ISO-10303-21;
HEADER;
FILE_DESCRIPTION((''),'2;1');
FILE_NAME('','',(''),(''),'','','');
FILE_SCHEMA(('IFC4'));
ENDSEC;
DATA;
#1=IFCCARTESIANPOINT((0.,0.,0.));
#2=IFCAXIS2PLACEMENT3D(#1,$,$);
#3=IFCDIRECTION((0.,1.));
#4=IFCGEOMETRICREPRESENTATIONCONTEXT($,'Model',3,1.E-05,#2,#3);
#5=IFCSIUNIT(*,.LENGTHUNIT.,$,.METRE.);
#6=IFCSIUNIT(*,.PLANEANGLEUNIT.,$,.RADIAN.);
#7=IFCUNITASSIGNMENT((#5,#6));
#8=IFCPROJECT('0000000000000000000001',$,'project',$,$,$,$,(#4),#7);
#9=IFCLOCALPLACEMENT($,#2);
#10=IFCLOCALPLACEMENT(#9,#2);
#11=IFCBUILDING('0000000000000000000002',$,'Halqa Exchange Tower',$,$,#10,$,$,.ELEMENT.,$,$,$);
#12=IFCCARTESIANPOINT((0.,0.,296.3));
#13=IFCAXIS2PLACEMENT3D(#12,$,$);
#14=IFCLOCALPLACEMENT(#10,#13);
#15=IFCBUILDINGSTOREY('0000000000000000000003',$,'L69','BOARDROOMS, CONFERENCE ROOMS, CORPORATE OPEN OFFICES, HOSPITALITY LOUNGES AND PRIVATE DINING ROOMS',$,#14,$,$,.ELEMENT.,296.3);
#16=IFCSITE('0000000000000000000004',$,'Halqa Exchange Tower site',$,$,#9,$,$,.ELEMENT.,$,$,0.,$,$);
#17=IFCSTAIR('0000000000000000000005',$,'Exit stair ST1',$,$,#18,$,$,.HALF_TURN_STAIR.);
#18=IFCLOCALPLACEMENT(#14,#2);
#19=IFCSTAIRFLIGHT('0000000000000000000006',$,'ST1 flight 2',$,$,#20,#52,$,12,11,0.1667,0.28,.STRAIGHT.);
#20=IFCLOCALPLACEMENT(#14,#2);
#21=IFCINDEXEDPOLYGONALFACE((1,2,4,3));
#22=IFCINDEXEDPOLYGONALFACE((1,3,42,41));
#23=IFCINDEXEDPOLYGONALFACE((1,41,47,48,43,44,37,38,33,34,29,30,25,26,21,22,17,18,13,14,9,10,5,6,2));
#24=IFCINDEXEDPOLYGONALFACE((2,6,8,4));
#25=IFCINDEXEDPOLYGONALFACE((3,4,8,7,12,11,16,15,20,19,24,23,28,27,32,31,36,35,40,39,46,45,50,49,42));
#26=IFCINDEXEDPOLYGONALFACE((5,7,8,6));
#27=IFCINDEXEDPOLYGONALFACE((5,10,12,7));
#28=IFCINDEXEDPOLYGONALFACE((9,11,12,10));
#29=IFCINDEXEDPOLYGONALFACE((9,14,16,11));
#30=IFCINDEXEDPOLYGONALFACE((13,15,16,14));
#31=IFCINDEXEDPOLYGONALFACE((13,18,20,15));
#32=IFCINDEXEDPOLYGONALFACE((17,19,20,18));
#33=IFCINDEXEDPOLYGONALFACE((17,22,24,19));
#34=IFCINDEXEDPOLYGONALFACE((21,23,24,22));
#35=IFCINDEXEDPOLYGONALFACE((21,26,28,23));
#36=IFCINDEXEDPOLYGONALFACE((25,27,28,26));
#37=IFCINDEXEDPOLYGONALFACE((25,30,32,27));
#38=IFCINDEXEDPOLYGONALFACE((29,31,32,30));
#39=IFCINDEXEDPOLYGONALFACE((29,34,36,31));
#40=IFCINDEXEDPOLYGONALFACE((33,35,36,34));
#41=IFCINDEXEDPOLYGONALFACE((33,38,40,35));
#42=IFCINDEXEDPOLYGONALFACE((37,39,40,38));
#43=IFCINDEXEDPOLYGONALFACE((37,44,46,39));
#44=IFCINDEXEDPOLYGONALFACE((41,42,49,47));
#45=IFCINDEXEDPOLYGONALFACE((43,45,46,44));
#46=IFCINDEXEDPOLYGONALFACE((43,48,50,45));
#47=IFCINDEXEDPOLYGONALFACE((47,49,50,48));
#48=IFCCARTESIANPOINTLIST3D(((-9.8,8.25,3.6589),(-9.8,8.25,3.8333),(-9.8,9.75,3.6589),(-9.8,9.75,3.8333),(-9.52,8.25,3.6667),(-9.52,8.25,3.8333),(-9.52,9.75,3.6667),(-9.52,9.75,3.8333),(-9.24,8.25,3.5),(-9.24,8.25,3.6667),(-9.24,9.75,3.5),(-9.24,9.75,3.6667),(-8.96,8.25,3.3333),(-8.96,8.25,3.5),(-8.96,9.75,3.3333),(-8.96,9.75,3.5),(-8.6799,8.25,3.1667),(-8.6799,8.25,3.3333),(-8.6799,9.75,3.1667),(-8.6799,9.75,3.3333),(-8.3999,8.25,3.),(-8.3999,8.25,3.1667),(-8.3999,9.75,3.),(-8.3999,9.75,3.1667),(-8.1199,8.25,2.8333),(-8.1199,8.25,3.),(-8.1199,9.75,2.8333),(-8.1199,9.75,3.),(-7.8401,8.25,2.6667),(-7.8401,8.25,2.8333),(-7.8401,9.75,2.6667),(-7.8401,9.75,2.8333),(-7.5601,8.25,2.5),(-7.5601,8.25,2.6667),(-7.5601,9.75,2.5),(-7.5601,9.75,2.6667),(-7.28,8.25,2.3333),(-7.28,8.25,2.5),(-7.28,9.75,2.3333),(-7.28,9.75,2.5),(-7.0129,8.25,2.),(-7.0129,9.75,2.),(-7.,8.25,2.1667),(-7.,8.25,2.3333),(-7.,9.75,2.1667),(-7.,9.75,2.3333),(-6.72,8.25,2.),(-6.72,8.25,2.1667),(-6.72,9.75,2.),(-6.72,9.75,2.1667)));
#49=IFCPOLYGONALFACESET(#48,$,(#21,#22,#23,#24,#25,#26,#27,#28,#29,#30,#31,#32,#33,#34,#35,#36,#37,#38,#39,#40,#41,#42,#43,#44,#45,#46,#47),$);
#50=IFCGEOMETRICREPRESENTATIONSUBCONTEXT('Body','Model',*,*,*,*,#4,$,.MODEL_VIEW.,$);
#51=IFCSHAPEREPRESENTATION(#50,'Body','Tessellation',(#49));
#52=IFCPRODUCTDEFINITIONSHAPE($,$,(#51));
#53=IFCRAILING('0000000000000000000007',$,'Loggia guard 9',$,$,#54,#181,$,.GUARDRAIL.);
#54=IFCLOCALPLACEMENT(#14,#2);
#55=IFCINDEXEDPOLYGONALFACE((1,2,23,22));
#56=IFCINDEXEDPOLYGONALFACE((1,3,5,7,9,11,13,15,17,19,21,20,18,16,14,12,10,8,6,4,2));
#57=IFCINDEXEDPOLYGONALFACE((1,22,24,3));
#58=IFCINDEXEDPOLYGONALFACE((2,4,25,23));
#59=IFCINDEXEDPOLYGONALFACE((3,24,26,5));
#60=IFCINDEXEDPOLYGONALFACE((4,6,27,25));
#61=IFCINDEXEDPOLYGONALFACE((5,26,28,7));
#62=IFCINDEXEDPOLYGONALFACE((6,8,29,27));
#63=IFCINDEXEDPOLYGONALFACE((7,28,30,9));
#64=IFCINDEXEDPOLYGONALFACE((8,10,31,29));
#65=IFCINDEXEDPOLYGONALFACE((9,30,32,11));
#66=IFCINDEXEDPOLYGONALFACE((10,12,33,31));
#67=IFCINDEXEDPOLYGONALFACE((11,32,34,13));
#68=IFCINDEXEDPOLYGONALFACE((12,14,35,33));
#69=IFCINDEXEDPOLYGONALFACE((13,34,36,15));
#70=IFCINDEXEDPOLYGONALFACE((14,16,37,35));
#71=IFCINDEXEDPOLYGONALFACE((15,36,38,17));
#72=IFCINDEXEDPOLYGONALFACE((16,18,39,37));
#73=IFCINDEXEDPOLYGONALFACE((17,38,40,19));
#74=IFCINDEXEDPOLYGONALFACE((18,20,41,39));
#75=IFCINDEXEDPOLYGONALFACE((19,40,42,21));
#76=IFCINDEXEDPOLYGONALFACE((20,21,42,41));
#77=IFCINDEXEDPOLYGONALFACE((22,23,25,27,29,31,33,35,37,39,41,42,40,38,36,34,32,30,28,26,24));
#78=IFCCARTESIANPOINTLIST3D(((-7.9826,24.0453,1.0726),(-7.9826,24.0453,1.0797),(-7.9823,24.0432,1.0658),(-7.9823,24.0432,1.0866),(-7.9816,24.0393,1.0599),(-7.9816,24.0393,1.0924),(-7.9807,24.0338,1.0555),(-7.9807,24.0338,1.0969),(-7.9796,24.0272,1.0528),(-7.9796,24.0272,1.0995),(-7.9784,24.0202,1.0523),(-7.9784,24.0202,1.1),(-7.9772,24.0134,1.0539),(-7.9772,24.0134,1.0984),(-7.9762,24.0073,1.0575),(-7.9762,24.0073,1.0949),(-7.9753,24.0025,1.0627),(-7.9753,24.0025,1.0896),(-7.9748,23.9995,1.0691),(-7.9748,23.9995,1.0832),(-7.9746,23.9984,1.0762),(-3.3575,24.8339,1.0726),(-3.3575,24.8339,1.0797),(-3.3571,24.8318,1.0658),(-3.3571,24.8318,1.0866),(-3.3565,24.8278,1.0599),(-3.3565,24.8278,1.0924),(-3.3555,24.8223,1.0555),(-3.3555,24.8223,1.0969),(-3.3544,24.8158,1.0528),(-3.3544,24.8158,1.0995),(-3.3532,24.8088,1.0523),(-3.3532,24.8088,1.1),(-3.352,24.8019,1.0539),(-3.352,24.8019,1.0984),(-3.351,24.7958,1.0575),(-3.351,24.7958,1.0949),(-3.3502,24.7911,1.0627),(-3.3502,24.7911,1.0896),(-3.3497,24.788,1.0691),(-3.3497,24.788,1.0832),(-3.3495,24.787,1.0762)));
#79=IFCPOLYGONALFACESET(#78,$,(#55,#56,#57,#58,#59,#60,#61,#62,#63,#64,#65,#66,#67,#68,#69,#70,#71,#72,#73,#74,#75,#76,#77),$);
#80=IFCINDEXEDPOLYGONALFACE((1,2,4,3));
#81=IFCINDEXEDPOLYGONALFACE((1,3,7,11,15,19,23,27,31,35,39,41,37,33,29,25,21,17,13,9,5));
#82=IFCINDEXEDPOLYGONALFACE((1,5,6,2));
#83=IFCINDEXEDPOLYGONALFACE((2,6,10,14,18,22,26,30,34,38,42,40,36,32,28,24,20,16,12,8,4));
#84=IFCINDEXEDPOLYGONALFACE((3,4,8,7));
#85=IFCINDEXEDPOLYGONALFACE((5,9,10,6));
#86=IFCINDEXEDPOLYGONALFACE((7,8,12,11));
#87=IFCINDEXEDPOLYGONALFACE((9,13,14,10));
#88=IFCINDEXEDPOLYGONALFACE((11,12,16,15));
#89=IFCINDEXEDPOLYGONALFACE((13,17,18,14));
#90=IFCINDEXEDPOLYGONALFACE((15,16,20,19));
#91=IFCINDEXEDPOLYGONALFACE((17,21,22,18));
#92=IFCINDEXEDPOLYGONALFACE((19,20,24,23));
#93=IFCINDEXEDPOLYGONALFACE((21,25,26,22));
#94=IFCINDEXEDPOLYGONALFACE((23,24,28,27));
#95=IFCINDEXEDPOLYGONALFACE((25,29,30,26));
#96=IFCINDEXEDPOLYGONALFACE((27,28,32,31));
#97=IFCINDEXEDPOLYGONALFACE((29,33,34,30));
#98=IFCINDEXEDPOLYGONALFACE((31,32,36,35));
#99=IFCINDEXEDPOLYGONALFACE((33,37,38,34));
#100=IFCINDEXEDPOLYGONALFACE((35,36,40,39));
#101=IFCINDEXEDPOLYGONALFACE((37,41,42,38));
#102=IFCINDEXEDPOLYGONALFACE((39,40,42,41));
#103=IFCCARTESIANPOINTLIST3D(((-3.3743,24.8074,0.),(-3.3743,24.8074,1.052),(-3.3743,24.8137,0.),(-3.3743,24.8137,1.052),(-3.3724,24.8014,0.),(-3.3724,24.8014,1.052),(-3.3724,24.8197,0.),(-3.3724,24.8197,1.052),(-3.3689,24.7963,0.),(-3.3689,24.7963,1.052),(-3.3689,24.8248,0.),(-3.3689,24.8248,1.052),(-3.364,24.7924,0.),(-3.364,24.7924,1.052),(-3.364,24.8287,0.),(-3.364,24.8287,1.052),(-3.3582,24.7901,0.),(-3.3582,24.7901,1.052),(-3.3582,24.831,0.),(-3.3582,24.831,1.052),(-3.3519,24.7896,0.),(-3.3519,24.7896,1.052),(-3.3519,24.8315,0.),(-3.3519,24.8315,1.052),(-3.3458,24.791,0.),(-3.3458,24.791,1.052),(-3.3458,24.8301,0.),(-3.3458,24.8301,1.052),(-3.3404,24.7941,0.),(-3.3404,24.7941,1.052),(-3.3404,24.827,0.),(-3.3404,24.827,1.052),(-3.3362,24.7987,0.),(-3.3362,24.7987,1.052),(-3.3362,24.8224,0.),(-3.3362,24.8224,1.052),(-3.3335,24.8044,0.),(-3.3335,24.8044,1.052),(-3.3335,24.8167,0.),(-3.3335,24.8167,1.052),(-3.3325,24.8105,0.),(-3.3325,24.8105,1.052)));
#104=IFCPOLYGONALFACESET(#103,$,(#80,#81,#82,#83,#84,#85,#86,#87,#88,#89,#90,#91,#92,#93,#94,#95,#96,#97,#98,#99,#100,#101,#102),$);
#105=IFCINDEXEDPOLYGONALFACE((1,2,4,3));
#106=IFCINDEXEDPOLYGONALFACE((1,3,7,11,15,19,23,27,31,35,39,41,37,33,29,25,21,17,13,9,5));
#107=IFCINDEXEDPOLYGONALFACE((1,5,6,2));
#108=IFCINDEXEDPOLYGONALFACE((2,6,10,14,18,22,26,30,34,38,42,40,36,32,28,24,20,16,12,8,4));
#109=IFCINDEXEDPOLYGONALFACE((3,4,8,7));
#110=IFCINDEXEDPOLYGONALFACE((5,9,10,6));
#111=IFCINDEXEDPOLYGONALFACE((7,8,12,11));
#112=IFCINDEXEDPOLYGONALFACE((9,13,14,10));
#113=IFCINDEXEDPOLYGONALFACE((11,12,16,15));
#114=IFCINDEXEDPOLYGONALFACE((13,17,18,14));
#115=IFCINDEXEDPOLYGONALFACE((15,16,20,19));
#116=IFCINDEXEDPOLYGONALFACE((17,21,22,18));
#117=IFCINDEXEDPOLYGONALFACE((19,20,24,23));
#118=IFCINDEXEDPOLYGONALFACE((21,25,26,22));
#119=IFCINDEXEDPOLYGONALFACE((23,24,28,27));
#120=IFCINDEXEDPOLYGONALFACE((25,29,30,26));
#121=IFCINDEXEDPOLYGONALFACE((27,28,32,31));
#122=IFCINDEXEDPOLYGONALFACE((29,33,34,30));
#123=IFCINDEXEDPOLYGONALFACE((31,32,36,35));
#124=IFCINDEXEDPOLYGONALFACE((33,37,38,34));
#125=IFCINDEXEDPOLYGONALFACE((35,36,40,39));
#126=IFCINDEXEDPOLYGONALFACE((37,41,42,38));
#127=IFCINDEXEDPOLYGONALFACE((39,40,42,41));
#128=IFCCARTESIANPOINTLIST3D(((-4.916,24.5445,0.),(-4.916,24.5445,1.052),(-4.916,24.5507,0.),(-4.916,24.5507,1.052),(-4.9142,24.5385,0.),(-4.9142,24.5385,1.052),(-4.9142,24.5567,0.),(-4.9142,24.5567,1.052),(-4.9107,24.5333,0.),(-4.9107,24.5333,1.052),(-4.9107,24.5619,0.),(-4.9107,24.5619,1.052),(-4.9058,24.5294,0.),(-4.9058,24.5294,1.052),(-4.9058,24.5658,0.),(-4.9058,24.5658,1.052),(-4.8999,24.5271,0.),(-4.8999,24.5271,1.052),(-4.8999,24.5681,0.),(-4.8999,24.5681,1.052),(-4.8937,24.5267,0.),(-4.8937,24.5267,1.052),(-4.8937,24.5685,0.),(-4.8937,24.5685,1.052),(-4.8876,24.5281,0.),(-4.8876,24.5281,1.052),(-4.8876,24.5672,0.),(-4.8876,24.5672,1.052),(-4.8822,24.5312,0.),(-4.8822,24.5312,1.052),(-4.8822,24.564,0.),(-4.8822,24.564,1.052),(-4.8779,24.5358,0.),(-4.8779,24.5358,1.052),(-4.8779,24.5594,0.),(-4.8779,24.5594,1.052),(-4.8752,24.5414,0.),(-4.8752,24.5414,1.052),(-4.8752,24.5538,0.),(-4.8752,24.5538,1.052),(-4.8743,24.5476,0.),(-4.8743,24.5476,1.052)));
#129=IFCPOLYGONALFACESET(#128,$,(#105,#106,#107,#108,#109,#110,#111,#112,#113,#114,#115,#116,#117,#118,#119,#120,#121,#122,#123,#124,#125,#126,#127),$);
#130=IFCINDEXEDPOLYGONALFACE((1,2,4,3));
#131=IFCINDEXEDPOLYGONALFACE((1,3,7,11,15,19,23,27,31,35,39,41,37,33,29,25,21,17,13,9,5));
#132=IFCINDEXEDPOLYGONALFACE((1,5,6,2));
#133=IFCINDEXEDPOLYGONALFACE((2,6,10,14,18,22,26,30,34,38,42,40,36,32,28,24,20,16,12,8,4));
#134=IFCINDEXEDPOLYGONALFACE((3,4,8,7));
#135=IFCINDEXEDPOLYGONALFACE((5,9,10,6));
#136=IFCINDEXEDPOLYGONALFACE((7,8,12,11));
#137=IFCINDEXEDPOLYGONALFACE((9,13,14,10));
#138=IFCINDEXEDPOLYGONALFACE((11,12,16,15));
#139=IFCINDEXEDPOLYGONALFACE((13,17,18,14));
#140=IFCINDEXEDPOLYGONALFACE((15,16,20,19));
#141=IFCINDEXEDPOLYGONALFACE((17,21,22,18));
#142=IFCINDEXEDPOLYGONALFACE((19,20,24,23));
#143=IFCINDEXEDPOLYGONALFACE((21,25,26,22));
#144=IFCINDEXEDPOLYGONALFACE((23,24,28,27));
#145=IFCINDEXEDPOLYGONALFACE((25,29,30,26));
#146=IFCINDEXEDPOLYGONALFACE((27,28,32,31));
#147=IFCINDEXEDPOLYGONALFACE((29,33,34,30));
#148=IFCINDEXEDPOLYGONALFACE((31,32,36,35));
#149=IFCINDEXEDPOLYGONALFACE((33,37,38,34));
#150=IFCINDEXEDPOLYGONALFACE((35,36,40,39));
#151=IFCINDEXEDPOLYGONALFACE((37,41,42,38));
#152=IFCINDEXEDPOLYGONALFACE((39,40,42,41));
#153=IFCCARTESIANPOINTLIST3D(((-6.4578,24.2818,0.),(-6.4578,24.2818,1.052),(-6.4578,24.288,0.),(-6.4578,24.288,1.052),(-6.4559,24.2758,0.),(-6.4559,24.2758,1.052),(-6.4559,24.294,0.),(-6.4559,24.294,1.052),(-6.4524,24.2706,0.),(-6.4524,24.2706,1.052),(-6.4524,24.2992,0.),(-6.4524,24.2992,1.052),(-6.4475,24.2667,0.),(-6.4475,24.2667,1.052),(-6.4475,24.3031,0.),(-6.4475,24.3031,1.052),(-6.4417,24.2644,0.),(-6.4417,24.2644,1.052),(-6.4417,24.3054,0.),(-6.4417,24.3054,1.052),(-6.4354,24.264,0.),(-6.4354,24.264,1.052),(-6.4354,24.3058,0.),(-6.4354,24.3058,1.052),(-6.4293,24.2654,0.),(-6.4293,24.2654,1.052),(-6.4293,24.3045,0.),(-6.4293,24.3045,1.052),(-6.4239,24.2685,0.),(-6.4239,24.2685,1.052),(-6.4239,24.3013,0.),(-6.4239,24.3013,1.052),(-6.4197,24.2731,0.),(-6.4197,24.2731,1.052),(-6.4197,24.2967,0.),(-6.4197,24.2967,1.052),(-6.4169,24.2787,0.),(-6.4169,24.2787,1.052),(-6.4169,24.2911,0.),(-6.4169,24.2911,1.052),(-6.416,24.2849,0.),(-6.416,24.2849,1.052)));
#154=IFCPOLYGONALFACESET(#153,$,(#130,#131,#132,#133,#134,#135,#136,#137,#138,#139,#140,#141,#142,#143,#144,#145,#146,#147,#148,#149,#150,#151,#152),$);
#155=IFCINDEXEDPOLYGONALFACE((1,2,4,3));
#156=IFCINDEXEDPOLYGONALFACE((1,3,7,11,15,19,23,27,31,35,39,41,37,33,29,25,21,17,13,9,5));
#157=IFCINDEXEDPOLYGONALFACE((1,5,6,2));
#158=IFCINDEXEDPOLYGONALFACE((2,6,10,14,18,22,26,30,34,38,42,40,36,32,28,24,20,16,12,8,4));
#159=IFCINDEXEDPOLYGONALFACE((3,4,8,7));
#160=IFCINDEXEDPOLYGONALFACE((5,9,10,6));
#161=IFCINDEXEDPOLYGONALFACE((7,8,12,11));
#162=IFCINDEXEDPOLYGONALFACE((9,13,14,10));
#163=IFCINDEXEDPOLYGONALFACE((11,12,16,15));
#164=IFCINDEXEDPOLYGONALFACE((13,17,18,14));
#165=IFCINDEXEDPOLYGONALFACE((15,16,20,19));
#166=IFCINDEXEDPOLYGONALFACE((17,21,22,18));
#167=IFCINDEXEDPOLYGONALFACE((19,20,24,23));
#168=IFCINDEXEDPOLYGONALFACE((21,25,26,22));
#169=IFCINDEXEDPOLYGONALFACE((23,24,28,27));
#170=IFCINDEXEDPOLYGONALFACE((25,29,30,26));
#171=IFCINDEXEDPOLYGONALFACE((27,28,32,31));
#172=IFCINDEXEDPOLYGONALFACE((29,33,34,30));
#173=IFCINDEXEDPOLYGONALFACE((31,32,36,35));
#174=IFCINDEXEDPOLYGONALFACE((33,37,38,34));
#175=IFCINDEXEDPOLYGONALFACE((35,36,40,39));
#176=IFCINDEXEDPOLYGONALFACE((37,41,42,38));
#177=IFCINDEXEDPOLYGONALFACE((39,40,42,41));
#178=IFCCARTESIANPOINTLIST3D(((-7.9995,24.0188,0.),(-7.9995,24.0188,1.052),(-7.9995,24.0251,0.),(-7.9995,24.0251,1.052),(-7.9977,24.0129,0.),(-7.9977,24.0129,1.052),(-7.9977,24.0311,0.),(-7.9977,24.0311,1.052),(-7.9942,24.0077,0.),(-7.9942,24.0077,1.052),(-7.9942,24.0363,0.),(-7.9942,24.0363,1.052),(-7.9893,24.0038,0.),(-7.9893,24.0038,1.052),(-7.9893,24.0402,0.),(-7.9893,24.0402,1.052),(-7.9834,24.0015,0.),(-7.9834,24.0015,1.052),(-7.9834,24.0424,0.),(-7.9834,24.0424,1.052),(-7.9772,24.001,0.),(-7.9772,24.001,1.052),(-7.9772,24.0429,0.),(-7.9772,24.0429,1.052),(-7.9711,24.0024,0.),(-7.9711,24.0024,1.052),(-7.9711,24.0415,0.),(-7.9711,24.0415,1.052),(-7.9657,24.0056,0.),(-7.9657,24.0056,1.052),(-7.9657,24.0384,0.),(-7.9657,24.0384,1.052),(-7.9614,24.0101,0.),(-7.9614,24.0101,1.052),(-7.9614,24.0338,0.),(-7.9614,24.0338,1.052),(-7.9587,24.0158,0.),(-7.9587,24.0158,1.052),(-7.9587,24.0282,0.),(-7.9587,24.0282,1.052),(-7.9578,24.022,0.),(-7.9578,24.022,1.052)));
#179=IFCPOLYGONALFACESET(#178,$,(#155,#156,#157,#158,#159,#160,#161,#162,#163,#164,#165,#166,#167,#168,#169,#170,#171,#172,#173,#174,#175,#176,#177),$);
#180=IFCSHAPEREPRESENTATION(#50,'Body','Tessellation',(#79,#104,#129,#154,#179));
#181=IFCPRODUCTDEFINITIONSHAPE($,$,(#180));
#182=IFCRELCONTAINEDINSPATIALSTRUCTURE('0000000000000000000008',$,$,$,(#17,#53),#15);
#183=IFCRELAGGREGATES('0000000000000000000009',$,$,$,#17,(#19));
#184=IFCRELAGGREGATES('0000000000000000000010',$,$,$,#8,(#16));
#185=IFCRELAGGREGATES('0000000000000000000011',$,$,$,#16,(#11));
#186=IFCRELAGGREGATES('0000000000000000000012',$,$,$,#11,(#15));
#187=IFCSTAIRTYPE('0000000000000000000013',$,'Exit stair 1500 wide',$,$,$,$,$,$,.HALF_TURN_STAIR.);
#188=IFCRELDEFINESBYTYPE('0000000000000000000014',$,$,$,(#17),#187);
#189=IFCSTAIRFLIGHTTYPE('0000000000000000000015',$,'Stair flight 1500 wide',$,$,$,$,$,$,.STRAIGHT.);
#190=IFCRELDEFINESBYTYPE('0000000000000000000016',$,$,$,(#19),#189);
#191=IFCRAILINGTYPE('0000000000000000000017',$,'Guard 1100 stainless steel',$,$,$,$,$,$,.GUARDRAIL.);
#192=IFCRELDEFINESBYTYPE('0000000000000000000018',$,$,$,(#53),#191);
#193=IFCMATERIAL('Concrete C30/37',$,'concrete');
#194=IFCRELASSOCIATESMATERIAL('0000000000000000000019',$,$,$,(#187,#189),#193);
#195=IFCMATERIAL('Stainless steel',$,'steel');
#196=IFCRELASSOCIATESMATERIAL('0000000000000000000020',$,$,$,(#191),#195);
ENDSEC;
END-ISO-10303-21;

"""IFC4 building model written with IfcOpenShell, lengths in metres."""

from ifc_helpers import new_model, si_unit, direction, frame, origin, origin_2d, place, context, subcontext, project, spatial, polyline, circle, outline, extrude, material, type_object, element, aggregate, save


model = new_model("IFC4")

# Units and contexts
model_context = context("Model", 3, precision=1e-05, world=origin(), true_north=direction((0.0, 1.0)))
body_context = subcontext(model_context, "Body", "Model", "MODEL_VIEW")
ifc_project = project(units=[si_unit("LENGTHUNIT", "METRE"), si_unit("PLANEANGLEUNIT", "RADIAN")], contexts=[model_context])

# Site, building, storey
site_placement = place(None, origin())
site = spatial("IfcSite", under=ifc_project, at=site_placement, Name="Halqa Exchange Tower site", CompositionType="ELEMENT", RefElevation=0.0)
building_placement = place(site_placement, origin())
building = spatial("IfcBuilding", under=site, at=building_placement, Name="Halqa Exchange Tower", CompositionType="ELEMENT")
storey_placement = place(building_placement, frame((0.0, 0.0, 296.3)))
storey = spatial("IfcBuildingStorey", under=building, at=storey_placement, Name="L69", Description="BOARDROOMS, CONFERENCE ROOMS, CORPORATE OPEN OFFICES, HOSPITALITY LOUNGES AND PRIVATE DINING ROOMS", CompositionType="ELEMENT", Elevation=296.3)

# Shared definitions
ifc_material_1 = material(Name="Concrete C30/37", Category="concrete")

# Stair, stair flight
stair_type = type_object("IfcStairType", Name="Exit stair 1500 wide", PredefinedType="HALF_TURN_STAIR", material=ifc_material_1)
stair_placement = place(storey_placement, origin())
stair = element("IfcStair", 1, at=stair_placement, inside=storey, type_object=stair_type, Name="Exit stair ST1", PredefinedType="HALF_TURN_STAIR")
stair_flight_type = type_object("IfcStairFlightType", Name="Stair flight 1500 wide", PredefinedType="STRAIGHT", material=ifc_material_1)
stair_flight_placement = place(storey_placement, frame((-6.72, 9.0, 2.0), z_axis=(0.0, 0.0, 1.0), x_axis=(-1.0, 0.0, 0.0)))
stair_flight = element("IfcStairFlight", 2, at=stair_flight_placement, type_object=stair_flight_type, Name="ST1 flight 2", NumberOfRisers=12, NumberOfTreads=11, PredefinedType="STRAIGHT", RiserHeight=0.1667, TreadLength=0.28, context=body_context, shape_type="SweptSolid", body=[
    extrude(outline(polyline([(0.0, 0.0), (0.0, 0.1667), (0.28, 0.1667), (0.28, 0.3333), (0.5601, 0.3333), (0.5601, 0.5), (0.8401, 0.5), (0.8401, 0.6667), (1.1201, 0.6667), (1.1201, 0.8333), (1.3999, 0.8333), (1.3999, 1.0), (1.6799, 1.0), (1.6799, 1.1667), (1.96, 1.1667), (1.96, 1.3333), (2.24, 1.3333), (2.24, 1.5), (2.52, 1.5), (2.52, 1.6667), (2.8, 1.6667), (2.8, 1.8333), (3.0801, 1.8333), (3.0801, 2.0), (3.0801, 1.6589), (0.293, 0.0), (0.0, 0.0)])), frame((0.0, 0.75, 0.0), z_axis=(0.0, -1.0, 0.0), x_axis=(1.0, 0.0, 0.0)), (0.0, 0.0, 1.0), 1.5),
])
aggregate(stair, [stair_flight])

# Railing
ifc_material_2 = material(Name="Stainless steel", Category="steel")
railing_type_1 = type_object("IfcRailingType", Name="Guard 1100 stainless steel", PredefinedType="GUARDRAIL", material=ifc_material_2)
railing_1_placement = place(storey_placement, frame((-3.3535, 24.8105, 0.0)))
element("IfcRailing", 3, at=railing_1_placement, inside=storey, type_object=railing_type_1, Name="Loggia guard 9", PredefinedType="GUARDRAIL", context=body_context, shape_type="SweptSolid", body=[
    extrude(circle(Radius=0.0239, at=origin_2d()), frame((0.0, 0.0, 1.0762), z_axis=(-0.985775, -0.168068, 0.0), x_axis=(0.168068, -0.985775, 0.0)), (0.0, 0.0, 1.0), 4.6919),
    extrude(circle(Radius=0.021, at=origin_2d()), origin(), (0.0, 0.0, 1.0), 1.052),
    extrude(circle(Radius=0.021, at=origin_2d()), frame((-1.5417, -0.2629, 0.0)), (0.0, 0.0, 1.0), 1.052),
    extrude(circle(Radius=0.021, at=origin_2d()), frame((-3.0835, -0.5256, 0.0)), (0.0, 0.0, 1.0), 1.052),
    extrude(circle(Radius=0.021, at=origin_2d()), frame((-4.6252, -0.7886, 0.0)), (0.0, 0.0, 1.0), 1.052),
])

save(model, "model.ifc")
